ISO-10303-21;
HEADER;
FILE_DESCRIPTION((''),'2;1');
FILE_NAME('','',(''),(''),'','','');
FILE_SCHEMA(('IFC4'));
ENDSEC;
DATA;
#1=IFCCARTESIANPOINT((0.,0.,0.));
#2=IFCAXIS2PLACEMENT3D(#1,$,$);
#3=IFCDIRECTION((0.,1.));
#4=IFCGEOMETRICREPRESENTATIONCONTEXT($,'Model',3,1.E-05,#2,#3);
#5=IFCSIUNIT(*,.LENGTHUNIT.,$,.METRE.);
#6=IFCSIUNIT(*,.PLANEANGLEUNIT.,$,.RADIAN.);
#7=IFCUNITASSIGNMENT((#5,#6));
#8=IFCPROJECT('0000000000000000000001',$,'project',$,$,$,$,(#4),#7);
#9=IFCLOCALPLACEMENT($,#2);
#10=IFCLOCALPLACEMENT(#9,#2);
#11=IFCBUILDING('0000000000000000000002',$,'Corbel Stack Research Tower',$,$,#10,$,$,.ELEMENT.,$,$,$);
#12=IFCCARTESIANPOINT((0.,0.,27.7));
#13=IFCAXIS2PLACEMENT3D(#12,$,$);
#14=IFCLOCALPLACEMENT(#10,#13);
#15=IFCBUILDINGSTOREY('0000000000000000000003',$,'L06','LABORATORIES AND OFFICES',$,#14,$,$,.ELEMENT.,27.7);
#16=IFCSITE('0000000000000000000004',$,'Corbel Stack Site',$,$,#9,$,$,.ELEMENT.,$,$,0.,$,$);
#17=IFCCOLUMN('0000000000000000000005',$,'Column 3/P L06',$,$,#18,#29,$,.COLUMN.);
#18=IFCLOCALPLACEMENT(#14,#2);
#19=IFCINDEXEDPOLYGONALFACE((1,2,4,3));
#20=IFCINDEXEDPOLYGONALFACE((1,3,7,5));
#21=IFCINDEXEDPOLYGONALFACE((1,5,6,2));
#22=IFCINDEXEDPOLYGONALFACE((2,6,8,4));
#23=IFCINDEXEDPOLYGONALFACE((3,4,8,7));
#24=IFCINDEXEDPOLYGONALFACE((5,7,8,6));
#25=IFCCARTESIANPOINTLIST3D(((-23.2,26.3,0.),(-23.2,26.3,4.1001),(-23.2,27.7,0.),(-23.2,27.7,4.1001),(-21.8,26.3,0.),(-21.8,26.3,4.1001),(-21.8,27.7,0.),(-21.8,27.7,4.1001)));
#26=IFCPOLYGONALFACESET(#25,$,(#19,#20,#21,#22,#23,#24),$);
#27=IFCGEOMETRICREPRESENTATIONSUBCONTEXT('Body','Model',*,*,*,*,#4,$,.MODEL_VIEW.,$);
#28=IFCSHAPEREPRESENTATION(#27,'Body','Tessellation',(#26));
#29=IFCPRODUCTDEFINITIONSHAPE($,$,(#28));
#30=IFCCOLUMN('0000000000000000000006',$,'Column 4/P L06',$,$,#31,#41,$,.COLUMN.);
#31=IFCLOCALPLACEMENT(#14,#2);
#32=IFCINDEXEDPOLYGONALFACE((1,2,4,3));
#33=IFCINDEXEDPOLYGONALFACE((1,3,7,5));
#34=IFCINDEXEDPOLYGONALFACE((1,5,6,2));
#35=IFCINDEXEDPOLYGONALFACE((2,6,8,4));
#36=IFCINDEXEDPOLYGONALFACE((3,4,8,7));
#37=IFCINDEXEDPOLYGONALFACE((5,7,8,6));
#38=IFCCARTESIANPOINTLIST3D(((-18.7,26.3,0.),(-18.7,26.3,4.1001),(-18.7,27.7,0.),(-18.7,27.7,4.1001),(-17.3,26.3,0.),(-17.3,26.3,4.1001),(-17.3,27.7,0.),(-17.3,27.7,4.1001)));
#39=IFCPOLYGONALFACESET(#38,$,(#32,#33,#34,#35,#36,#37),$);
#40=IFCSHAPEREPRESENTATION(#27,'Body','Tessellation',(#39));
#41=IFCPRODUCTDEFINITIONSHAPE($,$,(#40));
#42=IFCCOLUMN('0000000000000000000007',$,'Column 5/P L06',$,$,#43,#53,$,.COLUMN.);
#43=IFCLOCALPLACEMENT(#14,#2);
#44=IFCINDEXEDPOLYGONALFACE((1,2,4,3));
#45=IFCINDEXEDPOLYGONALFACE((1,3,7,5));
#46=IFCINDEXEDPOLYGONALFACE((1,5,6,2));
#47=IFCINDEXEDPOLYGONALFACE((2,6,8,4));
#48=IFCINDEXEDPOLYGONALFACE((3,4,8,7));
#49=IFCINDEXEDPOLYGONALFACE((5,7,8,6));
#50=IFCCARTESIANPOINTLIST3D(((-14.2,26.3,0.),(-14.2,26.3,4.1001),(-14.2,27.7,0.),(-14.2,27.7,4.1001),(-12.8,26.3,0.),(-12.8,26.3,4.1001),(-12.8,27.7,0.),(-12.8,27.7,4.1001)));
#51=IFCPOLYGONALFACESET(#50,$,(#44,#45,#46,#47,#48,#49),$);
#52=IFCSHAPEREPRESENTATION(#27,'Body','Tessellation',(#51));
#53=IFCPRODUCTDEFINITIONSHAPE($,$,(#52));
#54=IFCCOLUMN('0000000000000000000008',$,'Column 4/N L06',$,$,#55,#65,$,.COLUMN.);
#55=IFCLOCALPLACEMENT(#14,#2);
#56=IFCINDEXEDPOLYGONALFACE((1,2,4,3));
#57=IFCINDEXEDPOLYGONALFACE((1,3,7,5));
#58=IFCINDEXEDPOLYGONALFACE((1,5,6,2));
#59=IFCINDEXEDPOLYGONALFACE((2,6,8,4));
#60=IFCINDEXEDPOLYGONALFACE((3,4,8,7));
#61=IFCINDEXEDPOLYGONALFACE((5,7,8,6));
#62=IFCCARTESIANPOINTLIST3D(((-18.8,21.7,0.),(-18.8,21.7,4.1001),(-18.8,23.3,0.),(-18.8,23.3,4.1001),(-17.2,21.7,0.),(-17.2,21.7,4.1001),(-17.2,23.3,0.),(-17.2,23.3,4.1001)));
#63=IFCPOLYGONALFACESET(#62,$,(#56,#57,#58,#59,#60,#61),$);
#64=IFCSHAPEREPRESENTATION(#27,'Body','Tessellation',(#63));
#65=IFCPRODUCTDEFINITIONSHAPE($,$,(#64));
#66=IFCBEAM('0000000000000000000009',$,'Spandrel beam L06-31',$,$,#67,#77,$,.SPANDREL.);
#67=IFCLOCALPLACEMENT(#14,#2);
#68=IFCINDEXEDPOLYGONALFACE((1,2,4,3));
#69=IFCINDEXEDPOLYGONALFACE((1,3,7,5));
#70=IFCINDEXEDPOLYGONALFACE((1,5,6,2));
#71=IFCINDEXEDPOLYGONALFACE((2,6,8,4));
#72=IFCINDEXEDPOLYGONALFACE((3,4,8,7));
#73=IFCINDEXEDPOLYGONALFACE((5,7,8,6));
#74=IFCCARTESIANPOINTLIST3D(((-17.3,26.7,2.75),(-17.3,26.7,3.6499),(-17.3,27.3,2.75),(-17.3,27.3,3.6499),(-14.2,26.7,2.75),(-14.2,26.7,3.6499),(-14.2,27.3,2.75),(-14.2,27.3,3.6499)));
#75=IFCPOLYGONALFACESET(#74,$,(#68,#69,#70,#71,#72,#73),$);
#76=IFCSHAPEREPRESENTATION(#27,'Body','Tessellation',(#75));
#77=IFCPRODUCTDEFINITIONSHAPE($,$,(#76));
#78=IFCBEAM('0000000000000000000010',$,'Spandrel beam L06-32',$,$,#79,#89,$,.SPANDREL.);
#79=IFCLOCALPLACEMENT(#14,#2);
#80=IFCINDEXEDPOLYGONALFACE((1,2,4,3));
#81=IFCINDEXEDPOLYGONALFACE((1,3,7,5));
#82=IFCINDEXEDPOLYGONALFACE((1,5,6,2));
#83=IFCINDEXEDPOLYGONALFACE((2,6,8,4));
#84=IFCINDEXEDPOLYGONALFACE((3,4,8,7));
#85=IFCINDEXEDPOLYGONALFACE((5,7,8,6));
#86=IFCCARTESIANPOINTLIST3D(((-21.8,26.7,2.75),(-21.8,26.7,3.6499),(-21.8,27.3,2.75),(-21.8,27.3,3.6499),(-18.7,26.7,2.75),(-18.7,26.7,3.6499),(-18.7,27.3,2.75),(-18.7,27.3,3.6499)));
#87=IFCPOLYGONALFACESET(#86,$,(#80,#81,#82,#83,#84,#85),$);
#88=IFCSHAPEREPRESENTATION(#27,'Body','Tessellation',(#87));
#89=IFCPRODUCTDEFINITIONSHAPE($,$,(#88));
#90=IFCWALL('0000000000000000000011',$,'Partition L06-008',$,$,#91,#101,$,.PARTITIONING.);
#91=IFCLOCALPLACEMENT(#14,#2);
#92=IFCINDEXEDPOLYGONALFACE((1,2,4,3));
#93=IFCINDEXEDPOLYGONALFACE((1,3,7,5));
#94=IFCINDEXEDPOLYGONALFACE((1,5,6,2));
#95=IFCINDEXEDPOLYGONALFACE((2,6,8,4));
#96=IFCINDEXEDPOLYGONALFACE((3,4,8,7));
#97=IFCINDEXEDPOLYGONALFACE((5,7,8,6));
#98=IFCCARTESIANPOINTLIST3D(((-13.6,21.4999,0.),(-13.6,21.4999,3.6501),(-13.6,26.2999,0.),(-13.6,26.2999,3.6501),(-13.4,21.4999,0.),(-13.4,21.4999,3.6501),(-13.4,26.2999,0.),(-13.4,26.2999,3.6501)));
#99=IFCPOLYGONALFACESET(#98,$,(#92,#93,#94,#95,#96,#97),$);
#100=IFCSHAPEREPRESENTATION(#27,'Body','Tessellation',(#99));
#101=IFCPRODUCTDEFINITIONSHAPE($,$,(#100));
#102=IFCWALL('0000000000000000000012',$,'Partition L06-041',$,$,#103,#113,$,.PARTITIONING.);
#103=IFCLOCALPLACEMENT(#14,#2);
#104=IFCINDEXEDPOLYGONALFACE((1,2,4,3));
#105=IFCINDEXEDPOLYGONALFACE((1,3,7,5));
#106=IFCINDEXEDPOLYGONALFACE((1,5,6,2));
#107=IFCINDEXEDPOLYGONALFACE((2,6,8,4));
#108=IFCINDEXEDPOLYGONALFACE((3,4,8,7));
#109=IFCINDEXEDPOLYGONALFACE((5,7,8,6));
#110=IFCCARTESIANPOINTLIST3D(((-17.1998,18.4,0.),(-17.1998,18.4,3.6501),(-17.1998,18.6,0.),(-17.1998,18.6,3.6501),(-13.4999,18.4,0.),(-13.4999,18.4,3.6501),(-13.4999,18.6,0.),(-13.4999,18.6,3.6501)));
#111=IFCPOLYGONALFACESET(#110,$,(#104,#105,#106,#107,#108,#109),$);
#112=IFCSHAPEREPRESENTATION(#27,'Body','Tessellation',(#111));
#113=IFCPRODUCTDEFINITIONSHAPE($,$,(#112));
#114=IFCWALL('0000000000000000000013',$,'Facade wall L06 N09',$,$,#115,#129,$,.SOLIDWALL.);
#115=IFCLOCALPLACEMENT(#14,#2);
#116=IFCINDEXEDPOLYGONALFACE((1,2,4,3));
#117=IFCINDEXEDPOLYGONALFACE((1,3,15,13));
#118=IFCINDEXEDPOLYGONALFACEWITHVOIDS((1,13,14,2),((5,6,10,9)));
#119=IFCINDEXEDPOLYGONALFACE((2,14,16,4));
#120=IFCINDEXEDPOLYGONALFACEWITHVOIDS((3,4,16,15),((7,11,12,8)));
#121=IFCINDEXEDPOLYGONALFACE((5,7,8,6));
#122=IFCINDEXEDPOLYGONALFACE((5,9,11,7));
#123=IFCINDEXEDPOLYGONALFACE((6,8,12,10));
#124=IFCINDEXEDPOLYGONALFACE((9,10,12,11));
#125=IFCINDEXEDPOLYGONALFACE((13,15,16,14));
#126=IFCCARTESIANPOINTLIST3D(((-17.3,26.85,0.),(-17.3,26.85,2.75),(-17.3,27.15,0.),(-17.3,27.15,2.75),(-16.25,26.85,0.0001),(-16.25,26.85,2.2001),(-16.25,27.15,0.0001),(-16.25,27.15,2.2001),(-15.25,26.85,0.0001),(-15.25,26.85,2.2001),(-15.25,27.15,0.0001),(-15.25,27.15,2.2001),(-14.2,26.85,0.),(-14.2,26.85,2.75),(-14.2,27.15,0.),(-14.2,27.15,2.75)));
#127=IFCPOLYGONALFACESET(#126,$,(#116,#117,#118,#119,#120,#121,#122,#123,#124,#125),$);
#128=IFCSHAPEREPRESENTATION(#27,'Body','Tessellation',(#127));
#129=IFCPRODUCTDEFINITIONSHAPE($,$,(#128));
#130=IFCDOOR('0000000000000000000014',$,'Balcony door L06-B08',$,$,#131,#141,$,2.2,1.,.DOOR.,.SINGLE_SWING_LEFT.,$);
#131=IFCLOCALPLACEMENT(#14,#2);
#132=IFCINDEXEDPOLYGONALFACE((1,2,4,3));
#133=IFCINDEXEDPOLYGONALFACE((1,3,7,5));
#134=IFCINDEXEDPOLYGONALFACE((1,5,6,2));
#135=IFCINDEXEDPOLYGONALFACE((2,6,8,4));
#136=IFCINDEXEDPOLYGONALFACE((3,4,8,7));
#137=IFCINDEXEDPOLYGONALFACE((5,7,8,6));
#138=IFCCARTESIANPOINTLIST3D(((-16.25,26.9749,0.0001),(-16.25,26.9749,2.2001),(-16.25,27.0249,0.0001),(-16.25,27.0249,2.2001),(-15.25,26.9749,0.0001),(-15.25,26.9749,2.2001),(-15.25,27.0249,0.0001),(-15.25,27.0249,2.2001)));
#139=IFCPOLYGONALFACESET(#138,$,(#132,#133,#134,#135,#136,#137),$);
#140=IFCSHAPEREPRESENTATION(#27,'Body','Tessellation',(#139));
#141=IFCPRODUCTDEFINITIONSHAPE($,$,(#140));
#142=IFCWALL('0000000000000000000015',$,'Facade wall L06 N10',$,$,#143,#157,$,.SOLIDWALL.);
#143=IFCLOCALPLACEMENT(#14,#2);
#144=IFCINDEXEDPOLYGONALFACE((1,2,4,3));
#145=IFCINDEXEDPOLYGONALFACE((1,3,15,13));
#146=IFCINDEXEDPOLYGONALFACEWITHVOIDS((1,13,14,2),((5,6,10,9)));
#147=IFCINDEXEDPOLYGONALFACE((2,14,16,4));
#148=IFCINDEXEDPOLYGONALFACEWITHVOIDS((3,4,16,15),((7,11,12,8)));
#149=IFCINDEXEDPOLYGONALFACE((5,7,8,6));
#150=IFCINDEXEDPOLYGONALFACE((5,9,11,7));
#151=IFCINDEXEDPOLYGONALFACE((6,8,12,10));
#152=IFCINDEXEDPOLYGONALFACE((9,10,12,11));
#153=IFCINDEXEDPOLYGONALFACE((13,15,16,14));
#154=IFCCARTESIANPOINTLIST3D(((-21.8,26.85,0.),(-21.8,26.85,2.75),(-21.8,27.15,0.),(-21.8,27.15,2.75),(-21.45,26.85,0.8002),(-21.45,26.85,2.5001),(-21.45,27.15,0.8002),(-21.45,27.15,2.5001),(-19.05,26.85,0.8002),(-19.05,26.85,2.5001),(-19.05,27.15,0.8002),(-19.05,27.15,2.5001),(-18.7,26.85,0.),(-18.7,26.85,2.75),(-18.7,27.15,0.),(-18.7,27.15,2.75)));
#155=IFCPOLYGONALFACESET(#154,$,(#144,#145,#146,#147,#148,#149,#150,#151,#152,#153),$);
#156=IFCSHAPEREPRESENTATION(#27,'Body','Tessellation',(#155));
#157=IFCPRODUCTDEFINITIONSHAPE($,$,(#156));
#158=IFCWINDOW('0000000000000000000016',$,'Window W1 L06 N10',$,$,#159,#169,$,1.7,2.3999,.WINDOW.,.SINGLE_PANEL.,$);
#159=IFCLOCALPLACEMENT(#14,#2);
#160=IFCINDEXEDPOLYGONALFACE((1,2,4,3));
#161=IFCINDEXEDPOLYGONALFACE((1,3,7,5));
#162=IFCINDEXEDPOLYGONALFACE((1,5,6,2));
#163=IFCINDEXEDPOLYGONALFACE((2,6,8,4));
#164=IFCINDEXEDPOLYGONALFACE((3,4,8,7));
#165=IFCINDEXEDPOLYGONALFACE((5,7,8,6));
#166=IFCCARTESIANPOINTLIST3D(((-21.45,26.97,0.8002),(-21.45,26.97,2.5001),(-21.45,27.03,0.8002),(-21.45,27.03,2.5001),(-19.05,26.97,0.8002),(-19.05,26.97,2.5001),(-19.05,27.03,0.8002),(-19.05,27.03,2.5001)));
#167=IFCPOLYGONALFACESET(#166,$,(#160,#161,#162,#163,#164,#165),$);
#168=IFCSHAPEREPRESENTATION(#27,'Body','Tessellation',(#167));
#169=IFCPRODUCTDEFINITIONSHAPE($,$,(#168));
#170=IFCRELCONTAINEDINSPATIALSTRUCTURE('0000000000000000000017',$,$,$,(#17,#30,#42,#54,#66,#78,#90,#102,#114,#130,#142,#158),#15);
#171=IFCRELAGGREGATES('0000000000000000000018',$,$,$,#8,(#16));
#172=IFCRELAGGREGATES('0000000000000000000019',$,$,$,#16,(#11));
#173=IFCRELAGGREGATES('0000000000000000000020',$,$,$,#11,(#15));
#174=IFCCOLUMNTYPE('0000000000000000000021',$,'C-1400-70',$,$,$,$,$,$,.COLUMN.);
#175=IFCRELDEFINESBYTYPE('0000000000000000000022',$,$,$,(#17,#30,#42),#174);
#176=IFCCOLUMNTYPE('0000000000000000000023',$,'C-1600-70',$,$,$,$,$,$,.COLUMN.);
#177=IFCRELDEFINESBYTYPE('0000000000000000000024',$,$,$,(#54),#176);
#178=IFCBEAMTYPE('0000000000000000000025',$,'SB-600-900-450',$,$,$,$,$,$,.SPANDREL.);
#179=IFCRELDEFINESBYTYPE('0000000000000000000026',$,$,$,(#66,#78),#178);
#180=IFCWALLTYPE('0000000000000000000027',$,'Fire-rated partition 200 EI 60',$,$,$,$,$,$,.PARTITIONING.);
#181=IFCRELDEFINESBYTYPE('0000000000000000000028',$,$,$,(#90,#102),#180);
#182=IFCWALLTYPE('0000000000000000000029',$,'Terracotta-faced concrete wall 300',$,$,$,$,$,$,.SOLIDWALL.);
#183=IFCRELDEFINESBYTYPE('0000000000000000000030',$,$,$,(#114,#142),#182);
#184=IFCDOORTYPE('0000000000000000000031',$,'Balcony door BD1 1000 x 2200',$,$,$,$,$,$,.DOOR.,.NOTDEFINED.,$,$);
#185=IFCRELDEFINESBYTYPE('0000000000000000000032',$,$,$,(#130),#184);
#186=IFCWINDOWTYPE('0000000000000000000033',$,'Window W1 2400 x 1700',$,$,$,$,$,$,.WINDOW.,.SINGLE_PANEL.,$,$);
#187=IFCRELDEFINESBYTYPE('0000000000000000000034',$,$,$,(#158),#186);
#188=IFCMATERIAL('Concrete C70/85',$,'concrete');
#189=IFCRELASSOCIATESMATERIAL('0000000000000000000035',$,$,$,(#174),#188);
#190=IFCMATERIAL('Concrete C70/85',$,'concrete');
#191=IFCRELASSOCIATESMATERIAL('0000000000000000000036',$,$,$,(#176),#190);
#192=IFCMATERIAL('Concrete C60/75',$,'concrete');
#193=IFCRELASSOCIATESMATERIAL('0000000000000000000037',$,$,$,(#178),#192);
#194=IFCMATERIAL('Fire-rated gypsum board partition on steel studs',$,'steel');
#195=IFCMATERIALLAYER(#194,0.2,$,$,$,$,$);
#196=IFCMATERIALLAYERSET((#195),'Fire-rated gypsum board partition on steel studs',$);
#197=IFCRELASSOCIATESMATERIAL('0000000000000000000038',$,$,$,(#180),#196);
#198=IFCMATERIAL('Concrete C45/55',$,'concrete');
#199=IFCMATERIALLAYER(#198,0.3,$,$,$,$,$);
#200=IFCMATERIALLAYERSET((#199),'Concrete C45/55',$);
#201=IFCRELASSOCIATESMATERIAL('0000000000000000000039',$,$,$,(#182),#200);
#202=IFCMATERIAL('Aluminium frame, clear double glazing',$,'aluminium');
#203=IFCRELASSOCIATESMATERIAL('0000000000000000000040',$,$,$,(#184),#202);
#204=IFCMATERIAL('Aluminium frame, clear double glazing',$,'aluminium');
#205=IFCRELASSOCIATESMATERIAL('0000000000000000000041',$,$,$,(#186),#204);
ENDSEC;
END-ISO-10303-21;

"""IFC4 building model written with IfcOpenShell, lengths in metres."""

from ifc_helpers import new_model, si_unit, direction, frame, frame_2d, origin, origin_2d, place, context, subcontext, project, spatial, rectangle, extrude, material, layer, layer_set, material_profile, profile_set, type_object, element, fill, save


model = new_model("IFC4")

# Units and contexts
model_context = context("Model", 3, precision=1e-05, world=origin(), true_north=direction((0.0, 1.0)))
body_context = subcontext(model_context, "Body", "Model", "MODEL_VIEW")
ifc_project = project(units=[si_unit("LENGTHUNIT", "METRE"), si_unit("PLANEANGLEUNIT", "RADIAN")], contexts=[model_context])

# Site, building, storey
site_placement = place(None, origin())
site = spatial("IfcSite", under=ifc_project, at=site_placement, Name="Corbel Stack Site", CompositionType="ELEMENT", RefElevation=0.0)
building_placement = place(site_placement, origin())
building = spatial("IfcBuilding", under=site, at=building_placement, Name="Corbel Stack Research Tower", CompositionType="ELEMENT")
storey_placement = place(building_placement, frame((0.0, 0.0, 27.7)))
storey = spatial("IfcBuildingStorey", under=building, at=storey_placement, Name="L06", Description="LABORATORIES AND OFFICES", CompositionType="ELEMENT", Elevation=27.7)

# Columns
ifc_material_1 = material(Name="Concrete C70/85", Category="concrete")
ifc_material_profile_1 = material_profile(ifc_material_1, rectangle(XDim=1.3999, YDim=1.3999, at=origin_2d()), Name="RC 1400 x 1400")
ifc_profile_set_1 = profile_set([ifc_material_profile_1], Name="Concrete C70/85")
column_type_1 = type_object("IfcColumnType", Name="C-1400-70", PredefinedType="COLUMN", material=ifc_profile_set_1)
for number, where, z_axis, x_axis, name in (
    (1, (-22.5, 27.0, 0.0), (0.0, 0.0, 1.0), (1.0, 0.0, 0.0), "Column 3/P L06"),
    (2, (-18.0, 27.0, 0.0), (0.0, 0.0, 1.0), (1.0, 0.0, 0.0), "Column 4/P L06"),
    (3, (-13.5, 27.0, 0.0), (0.0, 0.0, 1.0), (1.0, 0.0, 0.0), "Column 5/P L06"),
):
    element("IfcColumn", number, at=place(storey_placement, frame(where, z_axis=z_axis, x_axis=x_axis)), inside=storey, type_object=column_type_1, Name=name, PredefinedType="COLUMN", context=body_context, shape_type="SweptSolid", body=[
        extrude(rectangle(XDim=1.3999, YDim=1.3999, at=origin_2d()), origin(), (0.0, 0.0, 1.0), 4.1001),
    ])
ifc_material_2 = material(Name="Concrete C70/85", Category="concrete")
ifc_material_profile_2 = material_profile(ifc_material_2, rectangle(XDim=1.6001, YDim=1.6001, at=origin_2d()), Name="RC 1600 x 1600")
ifc_profile_set_2 = profile_set([ifc_material_profile_2], Name="Concrete C70/85")
column_type_2 = type_object("IfcColumnType", Name="C-1600-70", PredefinedType="COLUMN", material=ifc_profile_set_2)
column_placement = place(storey_placement, frame((-18.0, 22.5, 0.0), z_axis=(0.0, 0.0, 1.0), x_axis=(1.0, 0.0, 0.0)))
element("IfcColumn", 4, at=column_placement, inside=storey, type_object=column_type_2, Name="Column 4/N L06", PredefinedType="COLUMN", context=body_context, shape_type="SweptSolid", body=[
    extrude(rectangle(XDim=1.6001, YDim=1.6001, at=origin_2d()), origin(), (0.0, 0.0, 1.0), 4.1001),
])

# Beams
ifc_material_3 = material(Name="Concrete C60/75", Category="concrete")
ifc_material_profile_3 = material_profile(ifc_material_3, rectangle(XDim=0.6001, YDim=0.8999, at=origin_2d()), Name="RC 600 x 900")
ifc_profile_set_3 = profile_set([ifc_material_profile_3], Name="Concrete C60/75")
beam_type = type_object("IfcBeamType", Name="SB-600-900-450", PredefinedType="SPANDREL", material=ifc_profile_set_3)
for number, where, z_axis, x_axis, name in (
    (5, (-14.2, 27.0, 3.2), (-1.0, 0.0, 0.0), (0.0, -1.0, 0.0), "Spandrel beam L06-31"),
    (6, (-18.7, 27.0, 3.2), (-1.0, 0.0, 0.0), (0.0, -1.0, 0.0), "Spandrel beam L06-32"),
):
    element("IfcBeam", number, at=place(storey_placement, frame(where, z_axis=z_axis, x_axis=x_axis)), inside=storey, type_object=beam_type, Name=name, PredefinedType="SPANDREL", context=body_context, shape_type="SweptSolid", body=[
        extrude(rectangle(XDim=0.6001, YDim=0.8999, at=origin_2d()), origin(), (0.0, 0.0, 1.0), 3.1001),
    ])

# Walls
ifc_material_4 = material(Name="Fire-rated gypsum board partition on steel studs", Category="steel")
ifc_layer_1 = layer(ifc_material_4, 0.2)
ifc_layer_set_1 = layer_set([ifc_layer_1], Name="Fire-rated gypsum board partition on steel studs")
wall_type_1 = type_object("IfcWallType", Name="Fire-rated partition 200 EI 60", PredefinedType="PARTITIONING", material=ifc_layer_set_1)
wall_1_placement = place(storey_placement, frame((-13.5, 21.5, 0.0), z_axis=(0.0, 0.0, 1.0), x_axis=(0.0, 1.0, 0.0)))
element("IfcWall", 7, at=wall_1_placement, inside=storey, type_object=wall_type_1, Name="Partition L06-008", PredefinedType="PARTITIONING", context=body_context, shape_type="SweptSolid", body=[
    extrude(rectangle(XDim=4.8, YDim=0.2, at=frame_2d((2.3999, 0.0))), origin(), (0.0, 0.0, 1.0), 3.6501),
])
wall_2_placement = place(storey_placement, frame((-17.2, 18.5, 0.0), z_axis=(0.0, 0.0, 1.0), x_axis=(1.0, 0.0, 0.0)))
element("IfcWall", 8, at=wall_2_placement, inside=storey, type_object=wall_type_1, Name="Partition L06-041", PredefinedType="PARTITIONING", context=body_context, shape_type="SweptSolid", body=[
    extrude(rectangle(XDim=3.7, YDim=0.2, at=frame_2d((1.8501, 0.0))), origin(), (0.0, 0.0, 1.0), 3.6501),
])

# Wall, opening, door
ifc_material_5 = material(Name="Concrete C45/55", Category="concrete")
ifc_layer_2 = layer(ifc_material_5, 0.3)
ifc_layer_set_2 = layer_set([ifc_layer_2], Name="Concrete C45/55")
wall_type_2 = type_object("IfcWallType", Name="Terracotta-faced concrete wall 300", PredefinedType="SOLIDWALL", material=ifc_layer_set_2)
wall_3_placement = place(storey_placement, frame((-17.3, 27.0, 0.0), z_axis=(0.0, 0.0, 1.0), x_axis=(1.0, 0.0, 0.0)))
wall_3 = element("IfcWall", 9, at=wall_3_placement, inside=storey, type_object=wall_type_2, Name="Facade wall L06 N09", PredefinedType="SOLIDWALL", context=body_context, shape_type="SweptSolid", body=[
    extrude(rectangle(XDim=3.1001, YDim=0.3, at=frame_2d((1.55, 0.0))), origin(), (0.0, 0.0, 1.0), 2.75),
])
opening_1_placement = place(wall_3_placement, frame((1.05, 0.0, 0.0)))
opening_1 = element("IfcOpeningElement", 10, at=opening_1_placement, cuts=wall_3, PredefinedType="OPENING", context=body_context, shape_type="SweptSolid", body=[
    extrude(rectangle(XDim=1.0, YDim=2.2, at=frame_2d((0.5, 1.1001))), frame((0.0, 0.1599, 0.0), z_axis=(0.0, -1.0, 0.0), x_axis=(1.0, 0.0, 0.0)), (0.0, 0.0, 1.0), 0.3201),
])
ifc_material_6 = material(Name="Aluminium frame, clear double glazing", Category="aluminium")
door_type = type_object("IfcDoorType", Name="Balcony door BD1 1000 x 2200", OperationType="NOTDEFINED", PredefinedType="DOOR", material=ifc_material_6)
door_placement = place(opening_1_placement, origin())
door = element("IfcDoor", 11, at=door_placement, inside=storey, type_object=door_type, Name="Balcony door L06-B08", OperationType="SINGLE_SWING_LEFT", OverallHeight=2.2, OverallWidth=1.0, PredefinedType="DOOR", context=body_context, shape_type="SweptSolid", body=[
    extrude(rectangle(XDim=1.0, YDim=2.2, at=frame_2d((0.5, 1.1001))), frame((0.0, 0.0249, 0.0), z_axis=(0.0, -1.0, 0.0), x_axis=(1.0, 0.0, 0.0)), (0.0, 0.0, 1.0), 0.05),
])
fill(opening_1, door)

# Wall, opening, window
wall_4_placement = place(storey_placement, frame((-21.8, 27.0, 0.0), z_axis=(0.0, 0.0, 1.0), x_axis=(1.0, 0.0, 0.0)))
wall_4 = element("IfcWall", 12, at=wall_4_placement, inside=storey, type_object=wall_type_2, Name="Facade wall L06 N10", PredefinedType="SOLIDWALL", context=body_context, shape_type="SweptSolid", body=[
    extrude(rectangle(XDim=3.1001, YDim=0.3, at=frame_2d((1.55, 0.0))), origin(), (0.0, 0.0, 1.0), 2.75),
])
opening_2_placement = place(wall_4_placement, frame((0.3501, 0.0, 0.8)))
opening_2 = element("IfcOpeningElement", 13, at=opening_2_placement, cuts=wall_4, PredefinedType="OPENING", context=body_context, shape_type="SweptSolid", body=[
    extrude(rectangle(XDim=2.3999, YDim=1.7, at=frame_2d((1.2, 0.8501))), frame((0.0, 0.1599, 0.0), z_axis=(0.0, -1.0, 0.0), x_axis=(1.0, 0.0, 0.0)), (0.0, 0.0, 1.0), 0.3201),
])
ifc_material_7 = material(Name="Aluminium frame, clear double glazing", Category="aluminium")
window_type = type_object("IfcWindowType", Name="Window W1 2400 x 1700", PartitioningType="SINGLE_PANEL", PredefinedType="WINDOW", material=ifc_material_7)
window_placement = place(opening_2_placement, origin())
window = element("IfcWindow", 14, at=window_placement, inside=storey, type_object=window_type, Name="Window W1 L06 N10", OverallHeight=1.7, OverallWidth=2.3999, PartitioningType="SINGLE_PANEL", PredefinedType="WINDOW", context=body_context, shape_type="SweptSolid", body=[
    extrude(rectangle(XDim=2.3999, YDim=1.7, at=frame_2d((1.2, 0.8501))), frame((0.0, 0.03, 0.0), z_axis=(0.0, -1.0, 0.0), x_axis=(1.0, 0.0, 0.0)), (0.0, 0.0, 1.0), 0.0601),
])
fill(opening_2, window)

save(model, "model.ifc")
